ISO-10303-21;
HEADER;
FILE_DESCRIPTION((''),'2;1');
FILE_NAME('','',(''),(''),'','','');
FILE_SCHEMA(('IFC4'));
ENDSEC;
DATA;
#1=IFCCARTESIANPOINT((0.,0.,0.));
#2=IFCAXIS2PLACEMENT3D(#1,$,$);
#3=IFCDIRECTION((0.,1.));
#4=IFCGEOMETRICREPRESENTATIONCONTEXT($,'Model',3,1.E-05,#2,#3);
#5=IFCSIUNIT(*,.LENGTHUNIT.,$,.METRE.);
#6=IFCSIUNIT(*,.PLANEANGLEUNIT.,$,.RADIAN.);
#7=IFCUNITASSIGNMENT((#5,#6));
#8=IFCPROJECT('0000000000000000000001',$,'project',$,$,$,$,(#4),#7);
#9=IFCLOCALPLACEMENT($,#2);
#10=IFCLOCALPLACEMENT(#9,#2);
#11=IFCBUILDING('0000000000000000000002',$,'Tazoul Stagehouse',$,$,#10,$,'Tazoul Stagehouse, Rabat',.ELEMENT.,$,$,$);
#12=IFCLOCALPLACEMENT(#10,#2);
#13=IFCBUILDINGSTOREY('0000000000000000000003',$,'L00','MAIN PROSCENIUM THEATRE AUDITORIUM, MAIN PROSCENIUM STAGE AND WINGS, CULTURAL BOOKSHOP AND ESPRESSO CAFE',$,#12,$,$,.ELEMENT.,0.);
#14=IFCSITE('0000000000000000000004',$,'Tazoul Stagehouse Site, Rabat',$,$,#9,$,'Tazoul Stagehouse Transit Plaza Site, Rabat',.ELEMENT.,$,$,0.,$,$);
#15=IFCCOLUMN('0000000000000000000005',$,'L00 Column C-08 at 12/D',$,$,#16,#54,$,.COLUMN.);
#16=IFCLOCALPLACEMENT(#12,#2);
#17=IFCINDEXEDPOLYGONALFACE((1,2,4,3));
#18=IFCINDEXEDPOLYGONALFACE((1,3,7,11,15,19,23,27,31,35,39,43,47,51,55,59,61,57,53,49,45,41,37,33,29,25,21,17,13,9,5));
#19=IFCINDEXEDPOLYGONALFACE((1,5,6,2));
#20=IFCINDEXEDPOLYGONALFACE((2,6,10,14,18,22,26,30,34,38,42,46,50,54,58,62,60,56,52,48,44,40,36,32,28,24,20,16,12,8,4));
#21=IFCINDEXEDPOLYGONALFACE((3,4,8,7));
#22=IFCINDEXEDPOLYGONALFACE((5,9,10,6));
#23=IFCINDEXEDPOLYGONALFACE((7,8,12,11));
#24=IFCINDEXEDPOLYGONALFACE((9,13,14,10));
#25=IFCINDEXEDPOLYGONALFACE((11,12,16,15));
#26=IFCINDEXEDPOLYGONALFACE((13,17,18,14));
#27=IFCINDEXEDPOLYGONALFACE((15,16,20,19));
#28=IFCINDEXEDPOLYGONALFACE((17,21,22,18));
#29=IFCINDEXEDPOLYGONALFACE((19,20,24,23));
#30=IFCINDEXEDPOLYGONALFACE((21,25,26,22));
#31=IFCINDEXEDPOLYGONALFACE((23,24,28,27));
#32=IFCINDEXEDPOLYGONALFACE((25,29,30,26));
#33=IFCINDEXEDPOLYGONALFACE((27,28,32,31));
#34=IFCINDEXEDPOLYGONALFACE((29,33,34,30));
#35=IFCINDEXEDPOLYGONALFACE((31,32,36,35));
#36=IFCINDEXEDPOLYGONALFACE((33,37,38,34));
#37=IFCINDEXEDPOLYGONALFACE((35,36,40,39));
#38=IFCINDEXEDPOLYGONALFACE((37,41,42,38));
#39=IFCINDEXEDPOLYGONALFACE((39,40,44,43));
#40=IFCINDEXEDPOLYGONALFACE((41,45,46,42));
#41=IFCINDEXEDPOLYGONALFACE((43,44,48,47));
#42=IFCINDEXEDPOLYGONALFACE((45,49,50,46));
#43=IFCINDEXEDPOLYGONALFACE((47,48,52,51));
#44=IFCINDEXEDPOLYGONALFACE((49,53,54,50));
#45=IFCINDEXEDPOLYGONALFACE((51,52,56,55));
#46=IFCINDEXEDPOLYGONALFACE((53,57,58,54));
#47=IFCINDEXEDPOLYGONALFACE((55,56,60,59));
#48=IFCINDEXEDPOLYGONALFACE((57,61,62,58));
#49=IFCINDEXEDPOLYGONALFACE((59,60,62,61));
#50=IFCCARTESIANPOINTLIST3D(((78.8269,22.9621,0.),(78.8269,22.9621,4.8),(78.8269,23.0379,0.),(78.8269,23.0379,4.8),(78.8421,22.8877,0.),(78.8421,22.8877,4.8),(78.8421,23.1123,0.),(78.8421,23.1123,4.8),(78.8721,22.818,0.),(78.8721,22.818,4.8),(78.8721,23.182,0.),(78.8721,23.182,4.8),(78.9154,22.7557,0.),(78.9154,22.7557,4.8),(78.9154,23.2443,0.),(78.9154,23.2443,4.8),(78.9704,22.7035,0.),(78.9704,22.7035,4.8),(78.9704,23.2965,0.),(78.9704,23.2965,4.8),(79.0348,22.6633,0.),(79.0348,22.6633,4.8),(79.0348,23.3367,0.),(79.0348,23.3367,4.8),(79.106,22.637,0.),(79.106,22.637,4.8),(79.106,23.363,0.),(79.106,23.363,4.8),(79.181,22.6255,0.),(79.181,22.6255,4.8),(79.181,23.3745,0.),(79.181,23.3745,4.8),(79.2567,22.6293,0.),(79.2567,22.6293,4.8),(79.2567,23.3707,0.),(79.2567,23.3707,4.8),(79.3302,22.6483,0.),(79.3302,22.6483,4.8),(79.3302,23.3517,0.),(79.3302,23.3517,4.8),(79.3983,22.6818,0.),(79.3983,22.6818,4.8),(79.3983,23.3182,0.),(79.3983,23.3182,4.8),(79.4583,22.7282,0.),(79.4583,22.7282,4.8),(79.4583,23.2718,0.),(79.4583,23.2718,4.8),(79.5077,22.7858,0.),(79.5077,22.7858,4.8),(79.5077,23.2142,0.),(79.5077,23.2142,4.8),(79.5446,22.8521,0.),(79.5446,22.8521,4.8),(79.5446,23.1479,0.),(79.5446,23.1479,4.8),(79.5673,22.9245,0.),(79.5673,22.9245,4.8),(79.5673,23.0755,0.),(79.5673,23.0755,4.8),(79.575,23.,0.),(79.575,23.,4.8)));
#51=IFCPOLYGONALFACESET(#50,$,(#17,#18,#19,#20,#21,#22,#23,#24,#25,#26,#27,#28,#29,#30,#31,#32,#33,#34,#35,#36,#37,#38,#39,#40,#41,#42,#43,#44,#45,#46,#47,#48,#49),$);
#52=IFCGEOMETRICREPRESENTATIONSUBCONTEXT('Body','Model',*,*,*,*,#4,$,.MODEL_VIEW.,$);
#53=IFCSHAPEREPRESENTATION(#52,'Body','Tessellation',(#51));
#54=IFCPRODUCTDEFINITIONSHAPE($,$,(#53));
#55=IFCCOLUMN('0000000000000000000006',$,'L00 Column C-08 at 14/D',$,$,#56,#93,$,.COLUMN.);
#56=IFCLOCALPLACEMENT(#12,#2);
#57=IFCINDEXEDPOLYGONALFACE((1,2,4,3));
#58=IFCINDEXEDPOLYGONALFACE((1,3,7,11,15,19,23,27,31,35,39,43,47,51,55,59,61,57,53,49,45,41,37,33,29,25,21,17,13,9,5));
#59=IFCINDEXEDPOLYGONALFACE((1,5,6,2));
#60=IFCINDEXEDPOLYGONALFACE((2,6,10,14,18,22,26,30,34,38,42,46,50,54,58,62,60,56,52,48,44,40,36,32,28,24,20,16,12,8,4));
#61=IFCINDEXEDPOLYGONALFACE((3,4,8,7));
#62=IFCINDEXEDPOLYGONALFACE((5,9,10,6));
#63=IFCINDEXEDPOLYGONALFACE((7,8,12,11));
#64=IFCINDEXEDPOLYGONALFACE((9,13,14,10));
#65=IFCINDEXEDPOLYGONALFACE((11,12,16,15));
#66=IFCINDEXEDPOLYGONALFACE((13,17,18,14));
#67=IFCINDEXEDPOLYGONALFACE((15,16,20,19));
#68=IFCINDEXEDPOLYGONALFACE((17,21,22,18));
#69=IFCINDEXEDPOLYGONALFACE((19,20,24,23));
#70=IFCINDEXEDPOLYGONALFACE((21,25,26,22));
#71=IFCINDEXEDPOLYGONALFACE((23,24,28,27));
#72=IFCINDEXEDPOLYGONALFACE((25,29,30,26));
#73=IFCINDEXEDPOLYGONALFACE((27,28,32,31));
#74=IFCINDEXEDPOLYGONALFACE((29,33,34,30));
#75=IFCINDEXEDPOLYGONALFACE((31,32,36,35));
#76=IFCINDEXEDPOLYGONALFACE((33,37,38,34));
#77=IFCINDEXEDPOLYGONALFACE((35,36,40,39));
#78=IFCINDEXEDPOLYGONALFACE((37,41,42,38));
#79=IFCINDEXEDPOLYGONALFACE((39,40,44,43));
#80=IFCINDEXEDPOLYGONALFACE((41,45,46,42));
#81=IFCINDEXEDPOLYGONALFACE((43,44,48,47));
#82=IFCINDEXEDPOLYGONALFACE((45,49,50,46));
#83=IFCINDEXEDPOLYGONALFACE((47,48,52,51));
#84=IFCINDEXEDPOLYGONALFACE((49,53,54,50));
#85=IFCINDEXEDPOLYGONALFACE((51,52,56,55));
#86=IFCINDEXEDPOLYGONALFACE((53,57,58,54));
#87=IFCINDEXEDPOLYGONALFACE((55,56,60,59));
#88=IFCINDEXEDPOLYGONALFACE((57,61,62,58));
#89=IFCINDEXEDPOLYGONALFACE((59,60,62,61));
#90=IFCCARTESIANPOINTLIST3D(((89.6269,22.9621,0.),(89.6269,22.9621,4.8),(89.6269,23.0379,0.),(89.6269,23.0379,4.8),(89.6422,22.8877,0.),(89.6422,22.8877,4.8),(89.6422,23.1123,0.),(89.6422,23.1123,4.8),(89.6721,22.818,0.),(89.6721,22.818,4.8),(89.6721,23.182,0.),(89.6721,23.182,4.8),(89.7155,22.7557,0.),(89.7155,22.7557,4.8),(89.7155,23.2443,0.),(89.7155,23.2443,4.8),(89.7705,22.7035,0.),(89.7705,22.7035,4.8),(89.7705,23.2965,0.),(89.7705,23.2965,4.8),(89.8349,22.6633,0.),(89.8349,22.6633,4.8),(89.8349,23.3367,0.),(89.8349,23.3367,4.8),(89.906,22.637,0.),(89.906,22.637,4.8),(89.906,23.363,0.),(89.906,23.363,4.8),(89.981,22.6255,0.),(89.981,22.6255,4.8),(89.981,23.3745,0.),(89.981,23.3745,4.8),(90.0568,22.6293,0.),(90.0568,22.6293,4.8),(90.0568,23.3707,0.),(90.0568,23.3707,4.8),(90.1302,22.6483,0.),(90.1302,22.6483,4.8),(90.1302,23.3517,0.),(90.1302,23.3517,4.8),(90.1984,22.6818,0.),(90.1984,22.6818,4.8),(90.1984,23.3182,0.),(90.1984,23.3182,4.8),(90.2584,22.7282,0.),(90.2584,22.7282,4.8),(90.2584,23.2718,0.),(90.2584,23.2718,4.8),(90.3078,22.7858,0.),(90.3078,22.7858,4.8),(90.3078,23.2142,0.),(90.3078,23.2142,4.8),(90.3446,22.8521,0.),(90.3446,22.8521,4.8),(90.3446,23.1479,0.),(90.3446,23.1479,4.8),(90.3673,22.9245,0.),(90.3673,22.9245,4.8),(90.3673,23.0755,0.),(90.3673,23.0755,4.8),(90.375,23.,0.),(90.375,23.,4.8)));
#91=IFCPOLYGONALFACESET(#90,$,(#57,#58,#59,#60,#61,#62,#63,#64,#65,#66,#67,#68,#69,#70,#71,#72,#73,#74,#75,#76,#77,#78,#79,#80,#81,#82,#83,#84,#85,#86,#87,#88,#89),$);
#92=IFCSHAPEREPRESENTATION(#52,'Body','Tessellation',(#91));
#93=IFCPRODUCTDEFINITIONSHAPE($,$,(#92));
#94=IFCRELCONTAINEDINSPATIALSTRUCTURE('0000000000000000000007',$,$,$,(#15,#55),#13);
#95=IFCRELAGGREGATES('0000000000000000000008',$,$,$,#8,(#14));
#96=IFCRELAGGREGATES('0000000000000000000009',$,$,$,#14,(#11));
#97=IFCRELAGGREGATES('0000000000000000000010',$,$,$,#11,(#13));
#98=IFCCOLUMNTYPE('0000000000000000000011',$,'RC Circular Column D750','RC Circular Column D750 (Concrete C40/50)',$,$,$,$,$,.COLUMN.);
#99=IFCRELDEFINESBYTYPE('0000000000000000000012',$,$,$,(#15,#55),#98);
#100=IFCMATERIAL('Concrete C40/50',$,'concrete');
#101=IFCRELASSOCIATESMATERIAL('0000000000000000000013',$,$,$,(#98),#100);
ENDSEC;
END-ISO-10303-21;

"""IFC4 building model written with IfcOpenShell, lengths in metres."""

from ifc_helpers import new_model, si_unit, direction, frame, origin, origin_2d, place, context, subcontext, project, spatial, circle, extrude, material, material_profile, profile_set, type_object, element, save


model = new_model("IFC4")

# Units and contexts
model_context = context("Model", 3, precision=1e-05, world=origin(), true_north=direction((0.0, 1.0)))
body_context = subcontext(model_context, "Body", "Model", "MODEL_VIEW")
ifc_project = project(units=[si_unit("LENGTHUNIT", "METRE"), si_unit("PLANEANGLEUNIT", "RADIAN")], contexts=[model_context])

# Site, building, storey
site_placement = place(None, origin())
site = spatial("IfcSite", under=ifc_project, at=site_placement, Name="Tazoul Stagehouse Site, Rabat", LongName="Tazoul Stagehouse Transit Plaza Site, Rabat", CompositionType="ELEMENT", RefElevation=0.0)
building_placement = place(site_placement, origin())
building = spatial("IfcBuilding", under=site, at=building_placement, Name="Tazoul Stagehouse", LongName="Tazoul Stagehouse, Rabat", CompositionType="ELEMENT")
storey_placement = place(building_placement, origin())
storey = spatial("IfcBuildingStorey", under=building, at=storey_placement, Name="L00", Description="MAIN PROSCENIUM THEATRE AUDITORIUM, MAIN PROSCENIUM STAGE AND WINGS, CULTURAL BOOKSHOP AND ESPRESSO CAFE", CompositionType="ELEMENT", Elevation=0.0)

# Columns
ifc_material_1 = material(Name="Concrete C40/50", Category="concrete")
ifc_material_profile_1 = material_profile(ifc_material_1, circle(Radius=0.375, at=origin_2d()), Name="RC D750")
ifc_profile_set_1 = profile_set([ifc_material_profile_1], Name="Concrete C40/50")
column_type = type_object("IfcColumnType", Name="RC Circular Column D750", Description="RC Circular Column D750 (Concrete C40/50)", PredefinedType="COLUMN", material=ifc_profile_set_1)
for number, where, z_axis, x_axis, name in (
    (1, (79.2, 23.0, 0.0), (0.0, 0.0, 1.0), (1.0, 0.0, 0.0), "L00 Column C-08 at 12/D"),
    (2, (90.0, 23.0, 0.0), (0.0, 0.0, 1.0), (1.0, 0.0, 0.0), "L00 Column C-08 at 14/D"),
):
    element("IfcColumn", number, at=place(storey_placement, frame(where, z_axis=z_axis, x_axis=x_axis)), inside=storey, type_object=column_type, Name=name, PredefinedType="COLUMN", context=body_context, shape_type="SweptSolid", body=[
        extrude(circle(Radius=0.375, at=origin_2d()), origin(), (0.0, 0.0, 1.0), 4.8),
    ])

save(model, "model.ifc")
